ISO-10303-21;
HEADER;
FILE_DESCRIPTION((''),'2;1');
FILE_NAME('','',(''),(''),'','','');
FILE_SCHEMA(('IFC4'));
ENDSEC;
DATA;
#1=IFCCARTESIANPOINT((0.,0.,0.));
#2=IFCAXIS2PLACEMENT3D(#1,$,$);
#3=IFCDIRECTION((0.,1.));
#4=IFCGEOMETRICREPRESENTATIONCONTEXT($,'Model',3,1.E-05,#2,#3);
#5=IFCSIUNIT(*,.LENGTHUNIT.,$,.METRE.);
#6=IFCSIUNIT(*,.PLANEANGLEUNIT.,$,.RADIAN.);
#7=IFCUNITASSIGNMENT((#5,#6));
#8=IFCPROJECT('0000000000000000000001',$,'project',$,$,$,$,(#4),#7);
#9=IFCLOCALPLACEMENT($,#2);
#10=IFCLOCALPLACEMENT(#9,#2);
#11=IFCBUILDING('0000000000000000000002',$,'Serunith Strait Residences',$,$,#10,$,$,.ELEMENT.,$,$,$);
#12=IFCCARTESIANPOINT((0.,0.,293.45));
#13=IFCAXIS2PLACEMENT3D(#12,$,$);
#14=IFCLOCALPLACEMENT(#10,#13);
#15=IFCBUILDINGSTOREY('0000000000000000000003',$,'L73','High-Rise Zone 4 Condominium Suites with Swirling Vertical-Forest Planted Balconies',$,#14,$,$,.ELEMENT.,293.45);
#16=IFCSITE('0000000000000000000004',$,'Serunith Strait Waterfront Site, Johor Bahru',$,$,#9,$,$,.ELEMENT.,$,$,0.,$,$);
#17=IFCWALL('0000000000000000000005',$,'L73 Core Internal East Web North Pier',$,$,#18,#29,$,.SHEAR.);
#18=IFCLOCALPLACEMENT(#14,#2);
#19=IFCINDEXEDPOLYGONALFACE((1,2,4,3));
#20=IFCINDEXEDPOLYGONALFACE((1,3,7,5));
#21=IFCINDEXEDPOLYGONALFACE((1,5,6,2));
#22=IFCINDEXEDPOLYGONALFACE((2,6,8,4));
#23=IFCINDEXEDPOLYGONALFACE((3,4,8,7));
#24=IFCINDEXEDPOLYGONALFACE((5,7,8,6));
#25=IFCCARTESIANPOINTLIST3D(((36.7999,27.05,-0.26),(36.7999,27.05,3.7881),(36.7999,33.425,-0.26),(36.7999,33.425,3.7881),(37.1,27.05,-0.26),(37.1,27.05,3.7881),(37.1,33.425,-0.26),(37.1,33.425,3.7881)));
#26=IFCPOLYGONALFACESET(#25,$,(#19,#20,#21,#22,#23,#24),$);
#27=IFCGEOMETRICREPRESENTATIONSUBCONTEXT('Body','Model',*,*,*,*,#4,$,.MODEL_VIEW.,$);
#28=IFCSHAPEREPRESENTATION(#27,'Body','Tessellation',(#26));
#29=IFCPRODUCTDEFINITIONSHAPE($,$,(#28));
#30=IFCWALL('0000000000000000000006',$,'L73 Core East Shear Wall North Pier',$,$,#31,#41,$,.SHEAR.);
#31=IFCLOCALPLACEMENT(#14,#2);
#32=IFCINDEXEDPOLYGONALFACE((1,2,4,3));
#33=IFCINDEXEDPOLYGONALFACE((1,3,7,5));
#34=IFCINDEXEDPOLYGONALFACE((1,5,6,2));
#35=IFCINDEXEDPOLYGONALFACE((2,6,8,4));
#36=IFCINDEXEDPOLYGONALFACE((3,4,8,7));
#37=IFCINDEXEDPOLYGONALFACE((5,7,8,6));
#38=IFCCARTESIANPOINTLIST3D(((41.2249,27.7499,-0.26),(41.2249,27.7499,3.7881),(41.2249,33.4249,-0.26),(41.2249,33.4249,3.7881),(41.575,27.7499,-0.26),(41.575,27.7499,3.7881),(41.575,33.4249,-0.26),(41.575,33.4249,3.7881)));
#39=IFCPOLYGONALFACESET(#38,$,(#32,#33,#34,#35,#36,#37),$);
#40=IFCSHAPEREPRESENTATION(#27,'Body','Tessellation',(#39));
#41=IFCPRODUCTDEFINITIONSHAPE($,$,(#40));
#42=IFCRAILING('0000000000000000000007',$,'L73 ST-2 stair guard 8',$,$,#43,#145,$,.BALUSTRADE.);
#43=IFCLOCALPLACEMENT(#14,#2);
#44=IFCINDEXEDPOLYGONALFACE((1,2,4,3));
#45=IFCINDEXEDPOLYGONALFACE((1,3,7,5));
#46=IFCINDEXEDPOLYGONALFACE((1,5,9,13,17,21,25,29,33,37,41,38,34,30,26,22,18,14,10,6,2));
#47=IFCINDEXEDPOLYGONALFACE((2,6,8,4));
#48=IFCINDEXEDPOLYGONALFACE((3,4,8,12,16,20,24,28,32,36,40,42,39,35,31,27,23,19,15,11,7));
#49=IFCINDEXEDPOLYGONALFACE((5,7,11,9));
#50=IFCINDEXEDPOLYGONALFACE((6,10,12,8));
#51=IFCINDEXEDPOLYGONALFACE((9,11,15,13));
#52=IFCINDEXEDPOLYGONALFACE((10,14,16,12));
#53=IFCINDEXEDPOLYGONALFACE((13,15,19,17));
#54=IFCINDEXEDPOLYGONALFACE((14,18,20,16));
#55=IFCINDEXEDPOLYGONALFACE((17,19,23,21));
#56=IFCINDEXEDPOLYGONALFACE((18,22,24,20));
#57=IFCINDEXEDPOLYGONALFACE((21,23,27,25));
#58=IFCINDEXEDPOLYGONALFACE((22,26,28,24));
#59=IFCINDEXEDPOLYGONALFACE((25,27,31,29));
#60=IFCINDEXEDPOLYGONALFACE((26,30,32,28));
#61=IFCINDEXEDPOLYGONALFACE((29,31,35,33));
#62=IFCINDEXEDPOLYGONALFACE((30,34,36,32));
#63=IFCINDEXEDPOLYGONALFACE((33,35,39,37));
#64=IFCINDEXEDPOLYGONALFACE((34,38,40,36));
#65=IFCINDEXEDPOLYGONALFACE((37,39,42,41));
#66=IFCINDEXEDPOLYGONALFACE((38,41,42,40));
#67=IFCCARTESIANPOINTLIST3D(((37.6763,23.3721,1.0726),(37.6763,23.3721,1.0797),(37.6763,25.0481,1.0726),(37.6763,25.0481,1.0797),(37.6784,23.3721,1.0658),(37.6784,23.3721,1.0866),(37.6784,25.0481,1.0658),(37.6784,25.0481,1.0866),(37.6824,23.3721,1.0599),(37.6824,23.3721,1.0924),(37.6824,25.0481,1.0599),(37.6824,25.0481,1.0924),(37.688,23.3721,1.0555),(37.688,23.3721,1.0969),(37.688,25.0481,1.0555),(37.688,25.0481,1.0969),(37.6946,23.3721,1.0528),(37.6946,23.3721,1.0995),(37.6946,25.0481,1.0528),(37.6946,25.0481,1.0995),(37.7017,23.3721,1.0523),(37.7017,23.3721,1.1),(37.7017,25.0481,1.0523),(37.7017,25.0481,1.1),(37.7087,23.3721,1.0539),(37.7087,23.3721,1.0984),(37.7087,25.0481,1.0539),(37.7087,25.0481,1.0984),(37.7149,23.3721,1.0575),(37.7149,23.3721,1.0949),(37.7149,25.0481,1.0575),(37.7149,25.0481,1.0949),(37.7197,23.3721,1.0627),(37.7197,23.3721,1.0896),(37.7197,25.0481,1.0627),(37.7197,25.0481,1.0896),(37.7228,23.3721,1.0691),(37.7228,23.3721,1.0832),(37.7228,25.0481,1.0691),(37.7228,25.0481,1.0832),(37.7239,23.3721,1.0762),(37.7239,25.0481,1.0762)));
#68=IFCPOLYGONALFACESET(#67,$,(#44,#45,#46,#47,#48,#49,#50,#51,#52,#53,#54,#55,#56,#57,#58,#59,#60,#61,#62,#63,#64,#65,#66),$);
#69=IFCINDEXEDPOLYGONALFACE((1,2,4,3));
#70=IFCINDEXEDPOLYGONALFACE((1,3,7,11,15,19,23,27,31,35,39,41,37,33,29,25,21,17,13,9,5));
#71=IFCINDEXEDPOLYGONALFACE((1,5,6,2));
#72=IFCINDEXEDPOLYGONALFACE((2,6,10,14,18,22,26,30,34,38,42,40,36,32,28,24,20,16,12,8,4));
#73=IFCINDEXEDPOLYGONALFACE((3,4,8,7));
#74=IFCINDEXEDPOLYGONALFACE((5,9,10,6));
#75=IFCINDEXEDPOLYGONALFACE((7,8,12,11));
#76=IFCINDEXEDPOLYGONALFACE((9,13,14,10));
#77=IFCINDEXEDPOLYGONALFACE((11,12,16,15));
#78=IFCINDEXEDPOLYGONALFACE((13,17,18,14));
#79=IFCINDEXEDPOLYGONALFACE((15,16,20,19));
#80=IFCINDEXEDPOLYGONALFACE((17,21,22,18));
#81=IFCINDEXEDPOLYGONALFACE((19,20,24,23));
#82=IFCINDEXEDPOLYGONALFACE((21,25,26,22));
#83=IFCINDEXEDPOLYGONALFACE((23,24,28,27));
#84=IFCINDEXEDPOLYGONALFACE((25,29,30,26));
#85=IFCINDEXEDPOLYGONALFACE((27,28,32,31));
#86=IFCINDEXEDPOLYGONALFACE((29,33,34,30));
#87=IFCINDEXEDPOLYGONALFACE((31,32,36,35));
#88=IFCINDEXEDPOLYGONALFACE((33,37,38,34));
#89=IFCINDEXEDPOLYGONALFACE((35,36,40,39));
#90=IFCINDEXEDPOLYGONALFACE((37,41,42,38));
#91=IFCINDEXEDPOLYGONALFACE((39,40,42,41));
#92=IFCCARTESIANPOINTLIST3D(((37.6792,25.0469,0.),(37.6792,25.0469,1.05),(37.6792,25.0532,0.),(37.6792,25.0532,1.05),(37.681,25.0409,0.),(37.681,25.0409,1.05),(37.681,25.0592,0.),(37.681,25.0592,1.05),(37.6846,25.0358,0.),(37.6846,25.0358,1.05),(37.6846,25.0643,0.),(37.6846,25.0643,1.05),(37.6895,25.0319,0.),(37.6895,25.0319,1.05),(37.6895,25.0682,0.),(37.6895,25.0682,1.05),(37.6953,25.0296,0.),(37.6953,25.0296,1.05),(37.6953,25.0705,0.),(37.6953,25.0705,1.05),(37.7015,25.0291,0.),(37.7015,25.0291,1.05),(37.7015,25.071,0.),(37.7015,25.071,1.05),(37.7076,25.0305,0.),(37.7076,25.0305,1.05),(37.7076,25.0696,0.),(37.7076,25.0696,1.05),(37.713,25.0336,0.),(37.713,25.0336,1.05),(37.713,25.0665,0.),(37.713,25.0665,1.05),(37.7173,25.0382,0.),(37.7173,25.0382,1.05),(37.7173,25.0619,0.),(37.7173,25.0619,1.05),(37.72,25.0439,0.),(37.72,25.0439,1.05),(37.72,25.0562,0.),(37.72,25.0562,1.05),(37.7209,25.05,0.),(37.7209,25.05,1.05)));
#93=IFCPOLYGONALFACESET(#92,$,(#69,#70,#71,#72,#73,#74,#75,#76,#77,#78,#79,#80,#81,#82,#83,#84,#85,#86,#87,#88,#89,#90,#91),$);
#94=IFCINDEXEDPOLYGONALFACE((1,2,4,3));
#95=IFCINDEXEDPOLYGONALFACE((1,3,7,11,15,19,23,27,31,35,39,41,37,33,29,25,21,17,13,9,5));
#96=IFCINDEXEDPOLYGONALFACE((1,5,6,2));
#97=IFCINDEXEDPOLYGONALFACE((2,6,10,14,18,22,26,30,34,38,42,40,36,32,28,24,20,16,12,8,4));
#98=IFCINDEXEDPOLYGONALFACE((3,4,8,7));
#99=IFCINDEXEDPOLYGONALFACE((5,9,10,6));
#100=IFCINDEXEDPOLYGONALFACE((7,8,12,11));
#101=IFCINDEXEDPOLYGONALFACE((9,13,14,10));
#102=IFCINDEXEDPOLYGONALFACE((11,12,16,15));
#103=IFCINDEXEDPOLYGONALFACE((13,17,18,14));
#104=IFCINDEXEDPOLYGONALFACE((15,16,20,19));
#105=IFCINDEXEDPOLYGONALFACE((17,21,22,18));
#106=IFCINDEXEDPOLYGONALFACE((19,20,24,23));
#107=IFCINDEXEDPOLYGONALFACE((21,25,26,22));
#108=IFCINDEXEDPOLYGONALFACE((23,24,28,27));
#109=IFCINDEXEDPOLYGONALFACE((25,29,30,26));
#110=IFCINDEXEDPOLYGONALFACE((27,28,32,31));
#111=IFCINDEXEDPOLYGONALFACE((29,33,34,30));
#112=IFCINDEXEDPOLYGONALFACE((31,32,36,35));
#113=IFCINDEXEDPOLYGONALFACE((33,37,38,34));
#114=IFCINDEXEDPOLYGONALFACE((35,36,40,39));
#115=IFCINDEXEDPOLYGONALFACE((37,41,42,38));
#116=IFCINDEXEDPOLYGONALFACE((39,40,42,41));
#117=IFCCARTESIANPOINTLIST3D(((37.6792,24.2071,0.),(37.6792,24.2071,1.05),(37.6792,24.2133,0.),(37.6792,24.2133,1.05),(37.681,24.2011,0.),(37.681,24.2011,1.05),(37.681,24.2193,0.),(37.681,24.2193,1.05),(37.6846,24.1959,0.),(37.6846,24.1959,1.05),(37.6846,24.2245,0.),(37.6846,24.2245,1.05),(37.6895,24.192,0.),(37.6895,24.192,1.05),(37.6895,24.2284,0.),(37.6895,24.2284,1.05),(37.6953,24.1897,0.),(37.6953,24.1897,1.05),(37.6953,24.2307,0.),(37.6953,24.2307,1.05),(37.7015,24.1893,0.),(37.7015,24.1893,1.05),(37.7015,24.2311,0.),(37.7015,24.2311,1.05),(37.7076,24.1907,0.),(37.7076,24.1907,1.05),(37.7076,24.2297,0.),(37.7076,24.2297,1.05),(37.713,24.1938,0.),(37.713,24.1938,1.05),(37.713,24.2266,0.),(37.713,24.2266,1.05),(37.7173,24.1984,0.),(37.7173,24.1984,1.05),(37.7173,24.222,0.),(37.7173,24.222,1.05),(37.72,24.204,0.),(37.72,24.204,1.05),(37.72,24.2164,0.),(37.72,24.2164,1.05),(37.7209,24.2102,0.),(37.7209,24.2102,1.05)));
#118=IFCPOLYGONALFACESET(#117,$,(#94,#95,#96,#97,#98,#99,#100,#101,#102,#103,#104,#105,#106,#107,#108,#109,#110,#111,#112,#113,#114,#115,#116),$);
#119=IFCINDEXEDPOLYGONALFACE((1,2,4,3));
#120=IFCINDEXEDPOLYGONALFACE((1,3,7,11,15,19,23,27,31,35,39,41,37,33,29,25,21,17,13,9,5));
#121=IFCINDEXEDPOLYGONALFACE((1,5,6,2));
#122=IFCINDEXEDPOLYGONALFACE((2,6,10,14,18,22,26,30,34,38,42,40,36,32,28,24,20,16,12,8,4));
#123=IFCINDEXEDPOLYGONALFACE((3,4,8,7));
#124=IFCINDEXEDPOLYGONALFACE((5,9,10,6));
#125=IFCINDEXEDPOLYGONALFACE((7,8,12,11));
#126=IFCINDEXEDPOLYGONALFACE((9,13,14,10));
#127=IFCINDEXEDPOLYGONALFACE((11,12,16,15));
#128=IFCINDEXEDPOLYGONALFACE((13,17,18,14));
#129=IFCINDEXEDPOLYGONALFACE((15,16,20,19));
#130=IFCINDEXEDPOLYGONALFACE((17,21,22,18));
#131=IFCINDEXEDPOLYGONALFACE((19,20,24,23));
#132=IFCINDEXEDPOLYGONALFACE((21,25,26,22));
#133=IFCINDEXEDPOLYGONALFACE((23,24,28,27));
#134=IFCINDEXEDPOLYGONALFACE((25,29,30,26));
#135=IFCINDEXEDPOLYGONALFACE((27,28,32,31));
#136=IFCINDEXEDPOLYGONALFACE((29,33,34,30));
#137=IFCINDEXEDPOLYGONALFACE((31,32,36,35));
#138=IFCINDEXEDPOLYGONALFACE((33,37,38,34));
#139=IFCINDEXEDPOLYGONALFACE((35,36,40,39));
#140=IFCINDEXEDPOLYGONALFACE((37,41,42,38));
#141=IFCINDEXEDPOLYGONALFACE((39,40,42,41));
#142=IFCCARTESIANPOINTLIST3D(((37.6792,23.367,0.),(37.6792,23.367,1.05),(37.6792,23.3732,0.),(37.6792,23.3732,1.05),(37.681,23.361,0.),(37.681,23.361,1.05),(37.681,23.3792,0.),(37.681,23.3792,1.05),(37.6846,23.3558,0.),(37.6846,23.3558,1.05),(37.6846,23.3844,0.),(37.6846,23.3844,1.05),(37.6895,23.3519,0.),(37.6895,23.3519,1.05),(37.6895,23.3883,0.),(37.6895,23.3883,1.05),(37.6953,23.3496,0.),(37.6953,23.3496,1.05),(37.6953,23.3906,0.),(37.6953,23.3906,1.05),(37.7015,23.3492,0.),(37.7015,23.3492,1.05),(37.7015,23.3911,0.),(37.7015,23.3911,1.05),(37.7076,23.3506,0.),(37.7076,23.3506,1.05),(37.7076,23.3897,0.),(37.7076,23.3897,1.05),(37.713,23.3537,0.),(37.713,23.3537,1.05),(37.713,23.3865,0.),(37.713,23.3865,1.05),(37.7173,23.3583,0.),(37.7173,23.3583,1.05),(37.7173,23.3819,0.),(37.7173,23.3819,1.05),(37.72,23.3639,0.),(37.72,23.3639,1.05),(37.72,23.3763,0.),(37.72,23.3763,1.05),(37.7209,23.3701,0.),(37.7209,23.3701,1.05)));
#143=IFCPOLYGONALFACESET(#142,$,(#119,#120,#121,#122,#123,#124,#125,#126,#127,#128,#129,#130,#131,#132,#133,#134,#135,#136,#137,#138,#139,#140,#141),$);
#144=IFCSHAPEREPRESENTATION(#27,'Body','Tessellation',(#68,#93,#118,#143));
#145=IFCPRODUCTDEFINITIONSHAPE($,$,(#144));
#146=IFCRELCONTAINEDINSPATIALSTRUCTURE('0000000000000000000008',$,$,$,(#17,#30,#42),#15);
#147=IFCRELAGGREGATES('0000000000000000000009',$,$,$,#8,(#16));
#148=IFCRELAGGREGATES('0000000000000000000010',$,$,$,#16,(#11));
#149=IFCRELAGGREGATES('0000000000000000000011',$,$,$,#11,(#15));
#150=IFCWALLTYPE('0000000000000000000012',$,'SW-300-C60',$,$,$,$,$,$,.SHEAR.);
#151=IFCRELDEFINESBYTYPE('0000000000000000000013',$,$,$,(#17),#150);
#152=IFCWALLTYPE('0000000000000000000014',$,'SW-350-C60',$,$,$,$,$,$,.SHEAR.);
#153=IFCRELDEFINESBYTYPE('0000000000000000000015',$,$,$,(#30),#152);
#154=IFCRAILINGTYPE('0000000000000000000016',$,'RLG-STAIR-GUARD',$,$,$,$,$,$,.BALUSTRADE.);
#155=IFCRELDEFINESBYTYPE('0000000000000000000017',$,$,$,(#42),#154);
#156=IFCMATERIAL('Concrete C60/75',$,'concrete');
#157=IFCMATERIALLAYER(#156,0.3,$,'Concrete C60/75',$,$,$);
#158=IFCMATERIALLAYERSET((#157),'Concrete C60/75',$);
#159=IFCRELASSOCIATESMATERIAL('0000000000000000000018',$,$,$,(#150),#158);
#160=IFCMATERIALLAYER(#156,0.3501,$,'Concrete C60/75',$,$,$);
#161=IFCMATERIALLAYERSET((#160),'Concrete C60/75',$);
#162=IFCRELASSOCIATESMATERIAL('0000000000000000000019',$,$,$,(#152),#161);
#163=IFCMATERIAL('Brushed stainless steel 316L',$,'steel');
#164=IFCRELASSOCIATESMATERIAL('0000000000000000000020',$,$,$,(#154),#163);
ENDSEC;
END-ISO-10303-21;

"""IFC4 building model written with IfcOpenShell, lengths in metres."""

from ifc_helpers import new_model, si_unit, direction, frame, frame_2d, origin, origin_2d, place, context, subcontext, project, spatial, rectangle, circle, extrude, material, layer, layer_set, type_object, element, save


model = new_model("IFC4")

# Units and contexts
model_context = context("Model", 3, precision=1e-05, world=origin(), true_north=direction((0.0, 1.0)))
body_context = subcontext(model_context, "Body", "Model", "MODEL_VIEW")
ifc_project = project(units=[si_unit("LENGTHUNIT", "METRE"), si_unit("PLANEANGLEUNIT", "RADIAN")], contexts=[model_context])

# Site, building, storey
site_placement = place(None, origin())
site = spatial("IfcSite", under=ifc_project, at=site_placement, Name="Serunith Strait Waterfront Site, Johor Bahru", CompositionType="ELEMENT", RefElevation=0.0)
building_placement = place(site_placement, origin())
building = spatial("IfcBuilding", under=site, at=building_placement, Name="Serunith Strait Residences", CompositionType="ELEMENT")
storey_placement = place(building_placement, frame((0.0, 0.0, 293.45)))
storey = spatial("IfcBuildingStorey", under=building, at=storey_placement, Name="L73", Description="High-Rise Zone 4 Condominium Suites with Swirling Vertical-Forest Planted Balconies", CompositionType="ELEMENT", Elevation=293.45)

# Walls
ifc_material_1 = material(Name="Concrete C60/75", Category="concrete")
ifc_layer_1 = layer(ifc_material_1, 0.3, Name="Concrete C60/75")
ifc_layer_set_1 = layer_set([ifc_layer_1], Name="Concrete C60/75")
wall_type_1 = type_object("IfcWallType", Name="SW-300-C60", PredefinedType="SHEAR", material=ifc_layer_set_1)
wall_1_placement = place(storey_placement, frame((36.95, 27.05, -0.26), z_axis=(0.0, 0.0, 1.0), x_axis=(0.0, 1.0, 0.0)))
element("IfcWall", 1, at=wall_1_placement, inside=storey, type_object=wall_type_1, Name="L73 Core Internal East Web North Pier", PredefinedType="SHEAR", context=body_context, shape_type="SweptSolid", body=[
    extrude(rectangle(XDim=6.375, YDim=0.3, at=frame_2d((3.1875, 0.0))), origin(), (0.0, 0.0, 1.0), 4.0481),
])
ifc_layer_2 = layer(ifc_material_1, 0.3501, Name="Concrete C60/75")
ifc_layer_set_2 = layer_set([ifc_layer_2], Name="Concrete C60/75")
wall_type_2 = type_object("IfcWallType", Name="SW-350-C60", PredefinedType="SHEAR", material=ifc_layer_set_2)
wall_2_placement = place(storey_placement, frame((41.3999, 27.75, -0.26), z_axis=(0.0, 0.0, 1.0), x_axis=(0.0, 1.0, 0.0)))
element("IfcWall", 2, at=wall_2_placement, inside=storey, type_object=wall_type_2, Name="L73 Core East Shear Wall North Pier", PredefinedType="SHEAR", context=body_context, shape_type="SweptSolid", body=[
    extrude(rectangle(XDim=5.675, YDim=0.3501, at=frame_2d((2.8374, 0.0))), origin(), (0.0, 0.0, 1.0), 4.0481),
])

# Railing
ifc_material_2 = material(Name="Brushed stainless steel 316L", Category="steel")
railing_type = type_object("IfcRailingType", Name="RLG-STAIR-GUARD", PredefinedType="BALUSTRADE", material=ifc_material_2)
for number, where, name in (
    (3, (37.7, 25.05, 0.0), "L73 ST-2 stair guard 8"),
):
    element("IfcRailing", number, at=place(storey_placement, frame(where)), inside=storey, type_object=railing_type, Name=name, PredefinedType="BALUSTRADE", context=body_context, shape_type="SweptSolid", body=[
        extrude(circle(Radius=0.0239, at=origin_2d()), frame((0.0, -0.002, 1.0762), z_axis=(0.0, -1.0, 0.0), x_axis=(1.0, 0.0, 0.0)), (0.0, 0.0, 1.0), 1.676),
        extrude(circle(Radius=0.021, at=origin_2d()), origin(), (0.0, 0.0, 1.0), 1.05),
        extrude(circle(Radius=0.021, at=origin_2d()), frame((0.0, -0.8398, 0.0)), (0.0, 0.0, 1.0), 1.05),
        extrude(circle(Radius=0.021, at=origin_2d()), frame((0.0, -1.6799, 0.0)), (0.0, 0.0, 1.0), 1.05),
    ])

save(model, "model.ifc")
